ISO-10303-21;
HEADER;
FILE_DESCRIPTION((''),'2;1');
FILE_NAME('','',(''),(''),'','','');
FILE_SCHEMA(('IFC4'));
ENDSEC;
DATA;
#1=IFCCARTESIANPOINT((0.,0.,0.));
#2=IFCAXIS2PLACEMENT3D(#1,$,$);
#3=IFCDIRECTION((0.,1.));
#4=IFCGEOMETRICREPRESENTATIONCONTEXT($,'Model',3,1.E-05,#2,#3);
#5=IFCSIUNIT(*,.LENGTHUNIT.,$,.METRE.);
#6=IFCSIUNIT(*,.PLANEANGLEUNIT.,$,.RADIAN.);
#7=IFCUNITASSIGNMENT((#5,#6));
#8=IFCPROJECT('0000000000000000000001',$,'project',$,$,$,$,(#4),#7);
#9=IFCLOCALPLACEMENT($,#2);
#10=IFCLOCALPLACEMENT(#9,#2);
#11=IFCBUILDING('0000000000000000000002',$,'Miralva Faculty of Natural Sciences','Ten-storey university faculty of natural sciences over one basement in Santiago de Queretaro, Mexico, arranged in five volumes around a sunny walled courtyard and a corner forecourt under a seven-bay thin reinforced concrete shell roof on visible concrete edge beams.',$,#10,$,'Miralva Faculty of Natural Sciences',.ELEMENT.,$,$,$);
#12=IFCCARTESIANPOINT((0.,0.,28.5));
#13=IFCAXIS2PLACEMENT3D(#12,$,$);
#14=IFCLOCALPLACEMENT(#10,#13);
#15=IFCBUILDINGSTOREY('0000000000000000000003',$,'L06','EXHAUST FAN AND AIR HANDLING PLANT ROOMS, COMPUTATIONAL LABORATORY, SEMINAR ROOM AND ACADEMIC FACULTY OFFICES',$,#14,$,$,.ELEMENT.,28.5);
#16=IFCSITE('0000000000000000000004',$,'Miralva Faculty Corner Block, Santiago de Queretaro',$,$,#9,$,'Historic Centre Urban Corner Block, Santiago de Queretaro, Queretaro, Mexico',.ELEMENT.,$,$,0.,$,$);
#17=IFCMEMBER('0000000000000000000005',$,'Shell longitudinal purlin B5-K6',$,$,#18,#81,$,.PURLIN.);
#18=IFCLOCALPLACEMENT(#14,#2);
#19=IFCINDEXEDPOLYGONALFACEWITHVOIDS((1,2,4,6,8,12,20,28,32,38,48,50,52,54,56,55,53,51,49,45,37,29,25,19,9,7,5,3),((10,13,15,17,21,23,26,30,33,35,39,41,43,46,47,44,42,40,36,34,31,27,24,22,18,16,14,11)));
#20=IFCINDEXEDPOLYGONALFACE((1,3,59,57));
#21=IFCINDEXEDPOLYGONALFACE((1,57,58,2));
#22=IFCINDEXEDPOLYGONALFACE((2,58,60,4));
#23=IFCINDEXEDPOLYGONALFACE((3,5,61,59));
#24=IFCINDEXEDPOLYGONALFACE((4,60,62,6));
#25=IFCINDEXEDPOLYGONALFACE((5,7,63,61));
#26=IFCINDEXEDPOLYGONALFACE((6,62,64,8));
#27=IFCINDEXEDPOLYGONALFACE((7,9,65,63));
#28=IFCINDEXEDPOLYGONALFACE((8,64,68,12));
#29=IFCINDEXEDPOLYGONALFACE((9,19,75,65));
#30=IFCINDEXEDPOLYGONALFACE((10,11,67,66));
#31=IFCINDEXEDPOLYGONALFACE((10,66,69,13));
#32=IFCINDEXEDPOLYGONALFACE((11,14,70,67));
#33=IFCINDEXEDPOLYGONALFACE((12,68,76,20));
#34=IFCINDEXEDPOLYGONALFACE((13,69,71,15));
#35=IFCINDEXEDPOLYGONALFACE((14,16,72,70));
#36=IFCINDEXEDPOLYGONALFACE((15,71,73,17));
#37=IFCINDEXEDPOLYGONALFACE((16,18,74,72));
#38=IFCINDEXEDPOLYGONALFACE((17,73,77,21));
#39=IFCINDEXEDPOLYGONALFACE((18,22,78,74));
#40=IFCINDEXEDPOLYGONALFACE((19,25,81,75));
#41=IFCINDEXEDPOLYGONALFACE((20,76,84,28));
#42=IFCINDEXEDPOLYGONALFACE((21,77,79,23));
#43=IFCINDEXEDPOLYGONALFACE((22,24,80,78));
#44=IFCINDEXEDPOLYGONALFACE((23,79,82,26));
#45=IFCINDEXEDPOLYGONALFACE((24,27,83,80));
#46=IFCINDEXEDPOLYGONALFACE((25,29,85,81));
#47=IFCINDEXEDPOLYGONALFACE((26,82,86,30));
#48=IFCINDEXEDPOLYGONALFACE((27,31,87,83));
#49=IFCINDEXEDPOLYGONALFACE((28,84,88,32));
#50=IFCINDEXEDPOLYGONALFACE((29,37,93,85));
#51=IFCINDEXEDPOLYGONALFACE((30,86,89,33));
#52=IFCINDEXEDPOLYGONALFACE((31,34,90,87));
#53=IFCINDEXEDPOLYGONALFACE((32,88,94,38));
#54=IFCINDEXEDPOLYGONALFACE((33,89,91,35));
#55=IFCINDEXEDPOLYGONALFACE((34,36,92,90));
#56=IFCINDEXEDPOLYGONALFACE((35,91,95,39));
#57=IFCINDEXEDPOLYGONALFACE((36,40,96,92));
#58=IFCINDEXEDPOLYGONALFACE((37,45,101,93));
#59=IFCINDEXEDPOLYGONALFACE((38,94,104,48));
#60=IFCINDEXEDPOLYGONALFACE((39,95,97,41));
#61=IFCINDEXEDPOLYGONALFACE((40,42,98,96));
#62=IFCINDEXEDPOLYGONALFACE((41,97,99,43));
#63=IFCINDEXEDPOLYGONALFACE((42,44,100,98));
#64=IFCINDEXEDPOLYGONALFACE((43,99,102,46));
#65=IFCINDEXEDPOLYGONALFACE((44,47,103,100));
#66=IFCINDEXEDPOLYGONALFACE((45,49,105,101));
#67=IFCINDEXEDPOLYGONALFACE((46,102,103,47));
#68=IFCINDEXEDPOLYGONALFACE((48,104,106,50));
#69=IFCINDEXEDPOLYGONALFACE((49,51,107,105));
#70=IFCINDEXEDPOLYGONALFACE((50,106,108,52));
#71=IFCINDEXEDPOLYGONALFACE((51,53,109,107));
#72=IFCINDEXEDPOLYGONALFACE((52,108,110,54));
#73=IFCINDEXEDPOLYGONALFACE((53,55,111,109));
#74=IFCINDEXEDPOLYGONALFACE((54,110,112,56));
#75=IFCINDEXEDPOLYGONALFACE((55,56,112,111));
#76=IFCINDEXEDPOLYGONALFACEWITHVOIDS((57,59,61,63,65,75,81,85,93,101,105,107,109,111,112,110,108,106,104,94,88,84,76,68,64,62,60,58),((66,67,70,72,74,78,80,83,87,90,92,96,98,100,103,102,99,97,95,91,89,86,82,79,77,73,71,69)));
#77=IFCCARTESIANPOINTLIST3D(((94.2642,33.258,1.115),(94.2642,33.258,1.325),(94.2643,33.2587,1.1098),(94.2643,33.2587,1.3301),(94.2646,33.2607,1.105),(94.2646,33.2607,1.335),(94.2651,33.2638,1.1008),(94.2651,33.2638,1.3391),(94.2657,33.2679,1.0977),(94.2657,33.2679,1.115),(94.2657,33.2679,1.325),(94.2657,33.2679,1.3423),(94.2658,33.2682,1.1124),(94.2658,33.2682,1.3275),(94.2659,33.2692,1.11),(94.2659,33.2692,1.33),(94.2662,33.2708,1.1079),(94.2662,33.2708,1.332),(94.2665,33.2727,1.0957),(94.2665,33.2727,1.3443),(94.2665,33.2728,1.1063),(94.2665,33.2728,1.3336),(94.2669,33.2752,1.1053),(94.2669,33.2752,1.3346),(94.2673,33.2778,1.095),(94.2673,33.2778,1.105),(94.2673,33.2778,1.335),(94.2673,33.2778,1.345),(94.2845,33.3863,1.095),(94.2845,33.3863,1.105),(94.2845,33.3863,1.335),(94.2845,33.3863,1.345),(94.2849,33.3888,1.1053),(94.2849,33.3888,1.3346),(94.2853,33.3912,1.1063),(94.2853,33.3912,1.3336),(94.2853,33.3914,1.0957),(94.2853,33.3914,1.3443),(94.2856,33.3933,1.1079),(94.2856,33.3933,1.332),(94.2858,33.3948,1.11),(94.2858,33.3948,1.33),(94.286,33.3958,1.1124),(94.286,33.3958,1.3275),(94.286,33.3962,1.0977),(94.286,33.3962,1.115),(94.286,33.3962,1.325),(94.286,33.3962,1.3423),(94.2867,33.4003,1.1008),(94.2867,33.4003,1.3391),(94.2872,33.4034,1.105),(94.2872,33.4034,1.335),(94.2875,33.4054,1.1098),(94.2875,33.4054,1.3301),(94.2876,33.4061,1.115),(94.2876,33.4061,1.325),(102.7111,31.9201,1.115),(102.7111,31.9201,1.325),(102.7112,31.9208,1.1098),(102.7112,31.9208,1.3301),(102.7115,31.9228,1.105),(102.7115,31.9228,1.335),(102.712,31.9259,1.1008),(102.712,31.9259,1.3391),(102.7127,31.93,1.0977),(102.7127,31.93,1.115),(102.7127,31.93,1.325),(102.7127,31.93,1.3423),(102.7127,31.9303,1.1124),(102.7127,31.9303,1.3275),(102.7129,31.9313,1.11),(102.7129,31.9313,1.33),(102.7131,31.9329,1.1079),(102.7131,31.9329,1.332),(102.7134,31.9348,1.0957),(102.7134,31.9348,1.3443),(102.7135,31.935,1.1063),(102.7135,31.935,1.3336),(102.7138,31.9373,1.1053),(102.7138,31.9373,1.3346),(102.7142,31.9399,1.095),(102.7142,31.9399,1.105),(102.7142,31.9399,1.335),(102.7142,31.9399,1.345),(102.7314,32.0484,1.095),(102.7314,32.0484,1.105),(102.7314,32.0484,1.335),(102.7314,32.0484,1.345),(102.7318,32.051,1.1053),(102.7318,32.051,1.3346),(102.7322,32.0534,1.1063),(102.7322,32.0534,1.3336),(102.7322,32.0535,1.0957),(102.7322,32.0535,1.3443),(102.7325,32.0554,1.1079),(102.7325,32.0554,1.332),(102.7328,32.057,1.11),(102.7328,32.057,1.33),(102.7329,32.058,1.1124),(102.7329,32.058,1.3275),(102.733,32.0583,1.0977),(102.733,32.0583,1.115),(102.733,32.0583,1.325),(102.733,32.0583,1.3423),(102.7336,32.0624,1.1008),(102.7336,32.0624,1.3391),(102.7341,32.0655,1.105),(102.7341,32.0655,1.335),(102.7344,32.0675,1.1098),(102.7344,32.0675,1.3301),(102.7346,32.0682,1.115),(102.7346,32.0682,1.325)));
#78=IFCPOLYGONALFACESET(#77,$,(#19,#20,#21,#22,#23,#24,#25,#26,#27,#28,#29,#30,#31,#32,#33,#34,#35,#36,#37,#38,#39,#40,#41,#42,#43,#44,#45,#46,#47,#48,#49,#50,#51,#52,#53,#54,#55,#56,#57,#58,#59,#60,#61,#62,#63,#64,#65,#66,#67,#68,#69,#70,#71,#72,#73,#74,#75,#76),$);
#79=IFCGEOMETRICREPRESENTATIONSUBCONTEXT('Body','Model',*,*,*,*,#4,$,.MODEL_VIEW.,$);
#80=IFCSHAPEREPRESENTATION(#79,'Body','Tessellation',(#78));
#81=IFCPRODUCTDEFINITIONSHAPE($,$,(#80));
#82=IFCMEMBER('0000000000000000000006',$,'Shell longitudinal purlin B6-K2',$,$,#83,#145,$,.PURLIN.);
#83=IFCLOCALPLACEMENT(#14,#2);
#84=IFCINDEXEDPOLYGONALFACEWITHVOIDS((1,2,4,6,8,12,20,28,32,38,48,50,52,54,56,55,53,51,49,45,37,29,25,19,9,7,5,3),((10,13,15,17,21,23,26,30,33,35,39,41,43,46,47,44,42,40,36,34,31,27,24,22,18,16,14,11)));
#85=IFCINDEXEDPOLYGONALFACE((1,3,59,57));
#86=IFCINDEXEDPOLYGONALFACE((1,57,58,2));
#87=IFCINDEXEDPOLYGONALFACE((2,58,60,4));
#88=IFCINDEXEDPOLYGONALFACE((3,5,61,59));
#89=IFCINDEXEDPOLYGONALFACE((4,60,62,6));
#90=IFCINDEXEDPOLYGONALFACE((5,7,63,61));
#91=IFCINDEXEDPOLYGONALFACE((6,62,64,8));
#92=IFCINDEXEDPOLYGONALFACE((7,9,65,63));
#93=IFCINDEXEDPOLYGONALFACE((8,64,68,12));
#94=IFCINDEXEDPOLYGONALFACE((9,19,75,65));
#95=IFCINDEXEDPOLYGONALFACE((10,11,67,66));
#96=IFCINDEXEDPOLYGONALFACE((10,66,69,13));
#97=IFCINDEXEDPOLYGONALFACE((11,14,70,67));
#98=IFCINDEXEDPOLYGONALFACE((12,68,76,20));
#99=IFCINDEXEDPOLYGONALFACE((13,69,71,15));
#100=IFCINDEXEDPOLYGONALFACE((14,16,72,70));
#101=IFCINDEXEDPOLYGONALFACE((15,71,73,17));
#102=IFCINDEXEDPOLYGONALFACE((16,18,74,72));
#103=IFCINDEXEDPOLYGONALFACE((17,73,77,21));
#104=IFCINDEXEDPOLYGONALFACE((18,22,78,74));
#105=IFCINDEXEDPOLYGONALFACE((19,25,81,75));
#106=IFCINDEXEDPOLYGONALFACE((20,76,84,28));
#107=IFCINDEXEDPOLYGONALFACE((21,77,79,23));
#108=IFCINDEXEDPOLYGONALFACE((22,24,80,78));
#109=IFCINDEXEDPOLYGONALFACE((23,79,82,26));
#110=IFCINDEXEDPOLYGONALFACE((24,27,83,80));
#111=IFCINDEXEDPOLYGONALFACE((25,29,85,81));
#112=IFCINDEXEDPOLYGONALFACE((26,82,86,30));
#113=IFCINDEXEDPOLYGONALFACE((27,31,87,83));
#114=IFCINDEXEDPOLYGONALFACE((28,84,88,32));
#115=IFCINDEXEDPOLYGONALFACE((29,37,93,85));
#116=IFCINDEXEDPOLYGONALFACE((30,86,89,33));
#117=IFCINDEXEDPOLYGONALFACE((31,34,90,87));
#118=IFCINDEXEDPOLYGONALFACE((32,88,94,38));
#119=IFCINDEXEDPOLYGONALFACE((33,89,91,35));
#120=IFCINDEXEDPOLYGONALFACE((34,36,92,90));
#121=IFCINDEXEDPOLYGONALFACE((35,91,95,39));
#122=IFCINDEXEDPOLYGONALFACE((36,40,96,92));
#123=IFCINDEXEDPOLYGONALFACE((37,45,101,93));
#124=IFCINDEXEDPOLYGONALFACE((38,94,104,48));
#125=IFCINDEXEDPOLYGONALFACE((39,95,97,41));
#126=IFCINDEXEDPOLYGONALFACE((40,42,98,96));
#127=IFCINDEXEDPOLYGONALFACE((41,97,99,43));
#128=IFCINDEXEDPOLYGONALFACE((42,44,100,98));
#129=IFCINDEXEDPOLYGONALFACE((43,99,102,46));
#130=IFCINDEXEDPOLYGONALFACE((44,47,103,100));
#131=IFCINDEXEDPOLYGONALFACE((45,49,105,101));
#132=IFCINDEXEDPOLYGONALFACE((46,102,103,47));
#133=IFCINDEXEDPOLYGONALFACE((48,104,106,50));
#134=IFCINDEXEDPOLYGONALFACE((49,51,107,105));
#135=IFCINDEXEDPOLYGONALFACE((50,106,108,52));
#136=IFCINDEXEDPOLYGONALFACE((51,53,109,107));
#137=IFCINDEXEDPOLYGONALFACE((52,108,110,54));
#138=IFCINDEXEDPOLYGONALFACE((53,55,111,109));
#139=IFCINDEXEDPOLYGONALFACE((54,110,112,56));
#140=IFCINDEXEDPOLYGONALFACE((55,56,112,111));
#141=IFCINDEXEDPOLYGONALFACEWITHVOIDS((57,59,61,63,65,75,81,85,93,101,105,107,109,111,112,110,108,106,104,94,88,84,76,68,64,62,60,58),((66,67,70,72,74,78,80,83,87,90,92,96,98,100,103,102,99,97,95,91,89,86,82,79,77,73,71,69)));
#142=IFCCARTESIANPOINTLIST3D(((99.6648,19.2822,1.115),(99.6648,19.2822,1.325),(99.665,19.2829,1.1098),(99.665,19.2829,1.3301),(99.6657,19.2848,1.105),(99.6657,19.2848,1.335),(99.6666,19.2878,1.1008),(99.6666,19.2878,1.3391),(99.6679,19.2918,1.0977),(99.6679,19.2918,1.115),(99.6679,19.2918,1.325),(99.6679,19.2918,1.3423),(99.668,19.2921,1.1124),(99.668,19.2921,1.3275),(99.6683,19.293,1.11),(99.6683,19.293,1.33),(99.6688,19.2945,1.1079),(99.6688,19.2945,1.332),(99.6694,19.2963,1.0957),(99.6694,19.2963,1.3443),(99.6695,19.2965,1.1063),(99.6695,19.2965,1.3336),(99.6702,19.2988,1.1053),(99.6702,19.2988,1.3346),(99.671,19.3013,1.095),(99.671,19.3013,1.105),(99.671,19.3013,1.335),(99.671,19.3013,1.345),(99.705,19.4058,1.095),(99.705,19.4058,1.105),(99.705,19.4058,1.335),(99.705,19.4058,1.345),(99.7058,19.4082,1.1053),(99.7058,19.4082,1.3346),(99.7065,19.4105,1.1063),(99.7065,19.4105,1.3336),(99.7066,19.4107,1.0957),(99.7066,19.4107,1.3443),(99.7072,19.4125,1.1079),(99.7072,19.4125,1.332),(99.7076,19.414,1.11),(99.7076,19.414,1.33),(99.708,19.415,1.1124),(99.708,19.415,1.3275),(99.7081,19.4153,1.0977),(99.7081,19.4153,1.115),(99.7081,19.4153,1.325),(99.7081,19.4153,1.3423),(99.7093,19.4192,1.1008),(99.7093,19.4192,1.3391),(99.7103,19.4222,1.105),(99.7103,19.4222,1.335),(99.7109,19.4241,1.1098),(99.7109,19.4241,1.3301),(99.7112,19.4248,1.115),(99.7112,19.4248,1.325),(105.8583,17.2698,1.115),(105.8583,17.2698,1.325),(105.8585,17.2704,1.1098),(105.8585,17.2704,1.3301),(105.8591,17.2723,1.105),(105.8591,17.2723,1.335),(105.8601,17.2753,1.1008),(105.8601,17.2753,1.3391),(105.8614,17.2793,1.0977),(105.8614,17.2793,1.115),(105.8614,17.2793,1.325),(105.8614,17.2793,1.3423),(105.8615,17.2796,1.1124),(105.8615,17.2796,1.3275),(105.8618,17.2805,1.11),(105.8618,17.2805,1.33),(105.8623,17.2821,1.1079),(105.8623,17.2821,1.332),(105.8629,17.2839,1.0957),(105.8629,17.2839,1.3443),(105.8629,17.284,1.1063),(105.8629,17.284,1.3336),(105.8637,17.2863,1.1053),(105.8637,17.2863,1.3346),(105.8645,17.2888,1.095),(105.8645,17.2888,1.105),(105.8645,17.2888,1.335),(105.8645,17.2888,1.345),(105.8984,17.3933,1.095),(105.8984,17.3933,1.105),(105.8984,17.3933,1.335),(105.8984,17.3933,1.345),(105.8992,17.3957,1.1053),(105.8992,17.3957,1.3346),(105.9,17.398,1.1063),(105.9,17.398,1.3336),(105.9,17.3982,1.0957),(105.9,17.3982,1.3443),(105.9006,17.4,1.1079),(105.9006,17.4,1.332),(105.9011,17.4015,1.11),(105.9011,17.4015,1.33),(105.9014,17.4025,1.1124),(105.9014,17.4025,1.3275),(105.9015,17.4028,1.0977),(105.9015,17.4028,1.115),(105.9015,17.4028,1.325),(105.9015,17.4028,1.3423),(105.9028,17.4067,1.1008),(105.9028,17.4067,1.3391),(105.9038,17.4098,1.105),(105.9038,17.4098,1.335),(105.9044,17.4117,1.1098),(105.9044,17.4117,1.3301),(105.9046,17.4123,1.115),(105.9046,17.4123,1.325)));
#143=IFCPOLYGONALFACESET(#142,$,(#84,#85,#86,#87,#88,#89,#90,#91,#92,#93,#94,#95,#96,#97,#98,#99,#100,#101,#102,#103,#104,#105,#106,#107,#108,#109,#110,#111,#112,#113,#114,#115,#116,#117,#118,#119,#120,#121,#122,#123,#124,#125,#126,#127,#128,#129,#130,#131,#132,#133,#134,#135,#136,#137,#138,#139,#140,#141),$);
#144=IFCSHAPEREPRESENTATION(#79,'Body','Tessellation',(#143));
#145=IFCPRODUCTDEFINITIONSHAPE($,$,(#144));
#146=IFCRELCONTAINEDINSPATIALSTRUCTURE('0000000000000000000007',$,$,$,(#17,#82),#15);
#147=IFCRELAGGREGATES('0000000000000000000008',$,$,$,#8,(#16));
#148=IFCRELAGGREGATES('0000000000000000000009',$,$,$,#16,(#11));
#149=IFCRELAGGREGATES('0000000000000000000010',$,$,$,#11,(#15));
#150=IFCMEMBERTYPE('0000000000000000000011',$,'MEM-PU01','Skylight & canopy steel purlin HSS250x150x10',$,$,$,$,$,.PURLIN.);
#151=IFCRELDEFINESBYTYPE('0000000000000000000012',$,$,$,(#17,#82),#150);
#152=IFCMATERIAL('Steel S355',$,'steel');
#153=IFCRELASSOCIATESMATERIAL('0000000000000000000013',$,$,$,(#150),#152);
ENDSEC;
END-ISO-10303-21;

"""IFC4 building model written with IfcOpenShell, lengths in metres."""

from ifc_helpers import new_model, si_unit, direction, frame, origin, origin_2d, place, context, subcontext, project, spatial, hollow_rectangle, extrude, material, material_profile, profile_set, type_object, element, save


model = new_model("IFC4")

# Units and contexts
model_context = context("Model", 3, precision=1e-05, world=origin(), true_north=direction((0.0, 1.0)))
body_context = subcontext(model_context, "Body", "Model", "MODEL_VIEW")
ifc_project = project(units=[si_unit("LENGTHUNIT", "METRE"), si_unit("PLANEANGLEUNIT", "RADIAN")], contexts=[model_context])

# Site, building, storey
site_placement = place(None, origin())
site = spatial("IfcSite", under=ifc_project, at=site_placement, Name="Miralva Faculty Corner Block, Santiago de Queretaro", LongName="Historic Centre Urban Corner Block, Santiago de Queretaro, Queretaro, Mexico", CompositionType="ELEMENT", RefElevation=0.0)
building_placement = place(site_placement, origin())
building = spatial("IfcBuilding", under=site, at=building_placement, Name="Miralva Faculty of Natural Sciences", Description="Ten-storey university faculty of natural sciences over one basement in Santiago de Queretaro, Mexico, arranged in five volumes around a sunny walled courtyard and a corner forecourt under a seven-bay thin reinforced concrete shell roof on visible concrete edge beams.", LongName="Miralva Faculty of Natural Sciences", CompositionType="ELEMENT")
storey_placement = place(building_placement, frame((0.0, 0.0, 28.5)))
storey = spatial("IfcBuildingStorey", under=building, at=storey_placement, Name="L06", Description="EXHAUST FAN AND AIR HANDLING PLANT ROOMS, COMPUTATIONAL LABORATORY, SEMINAR ROOM AND ACADEMIC FACULTY OFFICES", CompositionType="ELEMENT", Elevation=28.5)

# Members
ifc_material_1 = material(Name="Steel S355", Category="steel")
ifc_material_profile_1 = material_profile(ifc_material_1, hollow_rectangle(XDim=0.1499, YDim=0.25, WallThickness=0.01, InnerFilletRadius=0.01, OuterFilletRadius=0.02, at=origin_2d()), Name="HSS 250x150x10")
ifc_profile_set_1 = profile_set([ifc_material_profile_1], Name="Steel S355")
member_type = type_object("IfcMemberType", Name="MEM-PU01", Description="Skylight & canopy steel purlin HSS250x150x10", PredefinedType="PURLIN", material=ifc_profile_set_1)
member_1_placement = place(storey_placement, frame((94.2759, 33.332, 1.22), z_axis=(0.987688, -0.156436, 0.0), x_axis=(0.156436, 0.987688, 0.0)))
element("IfcMember", 1, at=member_1_placement, inside=storey, type_object=member_type, Name="Shell longitudinal purlin B5-K6", PredefinedType="PURLIN", context=body_context, shape_type="SweptSolid", body=[
    extrude(hollow_rectangle(XDim=0.1499, YDim=0.25, WallThickness=0.01, InnerFilletRadius=0.01, OuterFilletRadius=0.02, at=origin_2d()), origin(), (0.0, 0.0, 1.0), 8.5522),
])
member_2_placement = place(storey_placement, frame((99.688, 19.3535, 1.22), z_axis=(0.951052, -0.309032, 0.0), x_axis=(0.309032, 0.951052, 0.0)))
element("IfcMember", 2, at=member_2_placement, inside=storey, type_object=member_type, Name="Shell longitudinal purlin B6-K2", PredefinedType="PURLIN", context=body_context, shape_type="SweptSolid", body=[
    extrude(hollow_rectangle(XDim=0.1499, YDim=0.25, WallThickness=0.01, InnerFilletRadius=0.01, OuterFilletRadius=0.02, at=origin_2d()), origin(), (0.0, 0.0, 1.0), 6.5122),
])

save(model, "model.ifc")
